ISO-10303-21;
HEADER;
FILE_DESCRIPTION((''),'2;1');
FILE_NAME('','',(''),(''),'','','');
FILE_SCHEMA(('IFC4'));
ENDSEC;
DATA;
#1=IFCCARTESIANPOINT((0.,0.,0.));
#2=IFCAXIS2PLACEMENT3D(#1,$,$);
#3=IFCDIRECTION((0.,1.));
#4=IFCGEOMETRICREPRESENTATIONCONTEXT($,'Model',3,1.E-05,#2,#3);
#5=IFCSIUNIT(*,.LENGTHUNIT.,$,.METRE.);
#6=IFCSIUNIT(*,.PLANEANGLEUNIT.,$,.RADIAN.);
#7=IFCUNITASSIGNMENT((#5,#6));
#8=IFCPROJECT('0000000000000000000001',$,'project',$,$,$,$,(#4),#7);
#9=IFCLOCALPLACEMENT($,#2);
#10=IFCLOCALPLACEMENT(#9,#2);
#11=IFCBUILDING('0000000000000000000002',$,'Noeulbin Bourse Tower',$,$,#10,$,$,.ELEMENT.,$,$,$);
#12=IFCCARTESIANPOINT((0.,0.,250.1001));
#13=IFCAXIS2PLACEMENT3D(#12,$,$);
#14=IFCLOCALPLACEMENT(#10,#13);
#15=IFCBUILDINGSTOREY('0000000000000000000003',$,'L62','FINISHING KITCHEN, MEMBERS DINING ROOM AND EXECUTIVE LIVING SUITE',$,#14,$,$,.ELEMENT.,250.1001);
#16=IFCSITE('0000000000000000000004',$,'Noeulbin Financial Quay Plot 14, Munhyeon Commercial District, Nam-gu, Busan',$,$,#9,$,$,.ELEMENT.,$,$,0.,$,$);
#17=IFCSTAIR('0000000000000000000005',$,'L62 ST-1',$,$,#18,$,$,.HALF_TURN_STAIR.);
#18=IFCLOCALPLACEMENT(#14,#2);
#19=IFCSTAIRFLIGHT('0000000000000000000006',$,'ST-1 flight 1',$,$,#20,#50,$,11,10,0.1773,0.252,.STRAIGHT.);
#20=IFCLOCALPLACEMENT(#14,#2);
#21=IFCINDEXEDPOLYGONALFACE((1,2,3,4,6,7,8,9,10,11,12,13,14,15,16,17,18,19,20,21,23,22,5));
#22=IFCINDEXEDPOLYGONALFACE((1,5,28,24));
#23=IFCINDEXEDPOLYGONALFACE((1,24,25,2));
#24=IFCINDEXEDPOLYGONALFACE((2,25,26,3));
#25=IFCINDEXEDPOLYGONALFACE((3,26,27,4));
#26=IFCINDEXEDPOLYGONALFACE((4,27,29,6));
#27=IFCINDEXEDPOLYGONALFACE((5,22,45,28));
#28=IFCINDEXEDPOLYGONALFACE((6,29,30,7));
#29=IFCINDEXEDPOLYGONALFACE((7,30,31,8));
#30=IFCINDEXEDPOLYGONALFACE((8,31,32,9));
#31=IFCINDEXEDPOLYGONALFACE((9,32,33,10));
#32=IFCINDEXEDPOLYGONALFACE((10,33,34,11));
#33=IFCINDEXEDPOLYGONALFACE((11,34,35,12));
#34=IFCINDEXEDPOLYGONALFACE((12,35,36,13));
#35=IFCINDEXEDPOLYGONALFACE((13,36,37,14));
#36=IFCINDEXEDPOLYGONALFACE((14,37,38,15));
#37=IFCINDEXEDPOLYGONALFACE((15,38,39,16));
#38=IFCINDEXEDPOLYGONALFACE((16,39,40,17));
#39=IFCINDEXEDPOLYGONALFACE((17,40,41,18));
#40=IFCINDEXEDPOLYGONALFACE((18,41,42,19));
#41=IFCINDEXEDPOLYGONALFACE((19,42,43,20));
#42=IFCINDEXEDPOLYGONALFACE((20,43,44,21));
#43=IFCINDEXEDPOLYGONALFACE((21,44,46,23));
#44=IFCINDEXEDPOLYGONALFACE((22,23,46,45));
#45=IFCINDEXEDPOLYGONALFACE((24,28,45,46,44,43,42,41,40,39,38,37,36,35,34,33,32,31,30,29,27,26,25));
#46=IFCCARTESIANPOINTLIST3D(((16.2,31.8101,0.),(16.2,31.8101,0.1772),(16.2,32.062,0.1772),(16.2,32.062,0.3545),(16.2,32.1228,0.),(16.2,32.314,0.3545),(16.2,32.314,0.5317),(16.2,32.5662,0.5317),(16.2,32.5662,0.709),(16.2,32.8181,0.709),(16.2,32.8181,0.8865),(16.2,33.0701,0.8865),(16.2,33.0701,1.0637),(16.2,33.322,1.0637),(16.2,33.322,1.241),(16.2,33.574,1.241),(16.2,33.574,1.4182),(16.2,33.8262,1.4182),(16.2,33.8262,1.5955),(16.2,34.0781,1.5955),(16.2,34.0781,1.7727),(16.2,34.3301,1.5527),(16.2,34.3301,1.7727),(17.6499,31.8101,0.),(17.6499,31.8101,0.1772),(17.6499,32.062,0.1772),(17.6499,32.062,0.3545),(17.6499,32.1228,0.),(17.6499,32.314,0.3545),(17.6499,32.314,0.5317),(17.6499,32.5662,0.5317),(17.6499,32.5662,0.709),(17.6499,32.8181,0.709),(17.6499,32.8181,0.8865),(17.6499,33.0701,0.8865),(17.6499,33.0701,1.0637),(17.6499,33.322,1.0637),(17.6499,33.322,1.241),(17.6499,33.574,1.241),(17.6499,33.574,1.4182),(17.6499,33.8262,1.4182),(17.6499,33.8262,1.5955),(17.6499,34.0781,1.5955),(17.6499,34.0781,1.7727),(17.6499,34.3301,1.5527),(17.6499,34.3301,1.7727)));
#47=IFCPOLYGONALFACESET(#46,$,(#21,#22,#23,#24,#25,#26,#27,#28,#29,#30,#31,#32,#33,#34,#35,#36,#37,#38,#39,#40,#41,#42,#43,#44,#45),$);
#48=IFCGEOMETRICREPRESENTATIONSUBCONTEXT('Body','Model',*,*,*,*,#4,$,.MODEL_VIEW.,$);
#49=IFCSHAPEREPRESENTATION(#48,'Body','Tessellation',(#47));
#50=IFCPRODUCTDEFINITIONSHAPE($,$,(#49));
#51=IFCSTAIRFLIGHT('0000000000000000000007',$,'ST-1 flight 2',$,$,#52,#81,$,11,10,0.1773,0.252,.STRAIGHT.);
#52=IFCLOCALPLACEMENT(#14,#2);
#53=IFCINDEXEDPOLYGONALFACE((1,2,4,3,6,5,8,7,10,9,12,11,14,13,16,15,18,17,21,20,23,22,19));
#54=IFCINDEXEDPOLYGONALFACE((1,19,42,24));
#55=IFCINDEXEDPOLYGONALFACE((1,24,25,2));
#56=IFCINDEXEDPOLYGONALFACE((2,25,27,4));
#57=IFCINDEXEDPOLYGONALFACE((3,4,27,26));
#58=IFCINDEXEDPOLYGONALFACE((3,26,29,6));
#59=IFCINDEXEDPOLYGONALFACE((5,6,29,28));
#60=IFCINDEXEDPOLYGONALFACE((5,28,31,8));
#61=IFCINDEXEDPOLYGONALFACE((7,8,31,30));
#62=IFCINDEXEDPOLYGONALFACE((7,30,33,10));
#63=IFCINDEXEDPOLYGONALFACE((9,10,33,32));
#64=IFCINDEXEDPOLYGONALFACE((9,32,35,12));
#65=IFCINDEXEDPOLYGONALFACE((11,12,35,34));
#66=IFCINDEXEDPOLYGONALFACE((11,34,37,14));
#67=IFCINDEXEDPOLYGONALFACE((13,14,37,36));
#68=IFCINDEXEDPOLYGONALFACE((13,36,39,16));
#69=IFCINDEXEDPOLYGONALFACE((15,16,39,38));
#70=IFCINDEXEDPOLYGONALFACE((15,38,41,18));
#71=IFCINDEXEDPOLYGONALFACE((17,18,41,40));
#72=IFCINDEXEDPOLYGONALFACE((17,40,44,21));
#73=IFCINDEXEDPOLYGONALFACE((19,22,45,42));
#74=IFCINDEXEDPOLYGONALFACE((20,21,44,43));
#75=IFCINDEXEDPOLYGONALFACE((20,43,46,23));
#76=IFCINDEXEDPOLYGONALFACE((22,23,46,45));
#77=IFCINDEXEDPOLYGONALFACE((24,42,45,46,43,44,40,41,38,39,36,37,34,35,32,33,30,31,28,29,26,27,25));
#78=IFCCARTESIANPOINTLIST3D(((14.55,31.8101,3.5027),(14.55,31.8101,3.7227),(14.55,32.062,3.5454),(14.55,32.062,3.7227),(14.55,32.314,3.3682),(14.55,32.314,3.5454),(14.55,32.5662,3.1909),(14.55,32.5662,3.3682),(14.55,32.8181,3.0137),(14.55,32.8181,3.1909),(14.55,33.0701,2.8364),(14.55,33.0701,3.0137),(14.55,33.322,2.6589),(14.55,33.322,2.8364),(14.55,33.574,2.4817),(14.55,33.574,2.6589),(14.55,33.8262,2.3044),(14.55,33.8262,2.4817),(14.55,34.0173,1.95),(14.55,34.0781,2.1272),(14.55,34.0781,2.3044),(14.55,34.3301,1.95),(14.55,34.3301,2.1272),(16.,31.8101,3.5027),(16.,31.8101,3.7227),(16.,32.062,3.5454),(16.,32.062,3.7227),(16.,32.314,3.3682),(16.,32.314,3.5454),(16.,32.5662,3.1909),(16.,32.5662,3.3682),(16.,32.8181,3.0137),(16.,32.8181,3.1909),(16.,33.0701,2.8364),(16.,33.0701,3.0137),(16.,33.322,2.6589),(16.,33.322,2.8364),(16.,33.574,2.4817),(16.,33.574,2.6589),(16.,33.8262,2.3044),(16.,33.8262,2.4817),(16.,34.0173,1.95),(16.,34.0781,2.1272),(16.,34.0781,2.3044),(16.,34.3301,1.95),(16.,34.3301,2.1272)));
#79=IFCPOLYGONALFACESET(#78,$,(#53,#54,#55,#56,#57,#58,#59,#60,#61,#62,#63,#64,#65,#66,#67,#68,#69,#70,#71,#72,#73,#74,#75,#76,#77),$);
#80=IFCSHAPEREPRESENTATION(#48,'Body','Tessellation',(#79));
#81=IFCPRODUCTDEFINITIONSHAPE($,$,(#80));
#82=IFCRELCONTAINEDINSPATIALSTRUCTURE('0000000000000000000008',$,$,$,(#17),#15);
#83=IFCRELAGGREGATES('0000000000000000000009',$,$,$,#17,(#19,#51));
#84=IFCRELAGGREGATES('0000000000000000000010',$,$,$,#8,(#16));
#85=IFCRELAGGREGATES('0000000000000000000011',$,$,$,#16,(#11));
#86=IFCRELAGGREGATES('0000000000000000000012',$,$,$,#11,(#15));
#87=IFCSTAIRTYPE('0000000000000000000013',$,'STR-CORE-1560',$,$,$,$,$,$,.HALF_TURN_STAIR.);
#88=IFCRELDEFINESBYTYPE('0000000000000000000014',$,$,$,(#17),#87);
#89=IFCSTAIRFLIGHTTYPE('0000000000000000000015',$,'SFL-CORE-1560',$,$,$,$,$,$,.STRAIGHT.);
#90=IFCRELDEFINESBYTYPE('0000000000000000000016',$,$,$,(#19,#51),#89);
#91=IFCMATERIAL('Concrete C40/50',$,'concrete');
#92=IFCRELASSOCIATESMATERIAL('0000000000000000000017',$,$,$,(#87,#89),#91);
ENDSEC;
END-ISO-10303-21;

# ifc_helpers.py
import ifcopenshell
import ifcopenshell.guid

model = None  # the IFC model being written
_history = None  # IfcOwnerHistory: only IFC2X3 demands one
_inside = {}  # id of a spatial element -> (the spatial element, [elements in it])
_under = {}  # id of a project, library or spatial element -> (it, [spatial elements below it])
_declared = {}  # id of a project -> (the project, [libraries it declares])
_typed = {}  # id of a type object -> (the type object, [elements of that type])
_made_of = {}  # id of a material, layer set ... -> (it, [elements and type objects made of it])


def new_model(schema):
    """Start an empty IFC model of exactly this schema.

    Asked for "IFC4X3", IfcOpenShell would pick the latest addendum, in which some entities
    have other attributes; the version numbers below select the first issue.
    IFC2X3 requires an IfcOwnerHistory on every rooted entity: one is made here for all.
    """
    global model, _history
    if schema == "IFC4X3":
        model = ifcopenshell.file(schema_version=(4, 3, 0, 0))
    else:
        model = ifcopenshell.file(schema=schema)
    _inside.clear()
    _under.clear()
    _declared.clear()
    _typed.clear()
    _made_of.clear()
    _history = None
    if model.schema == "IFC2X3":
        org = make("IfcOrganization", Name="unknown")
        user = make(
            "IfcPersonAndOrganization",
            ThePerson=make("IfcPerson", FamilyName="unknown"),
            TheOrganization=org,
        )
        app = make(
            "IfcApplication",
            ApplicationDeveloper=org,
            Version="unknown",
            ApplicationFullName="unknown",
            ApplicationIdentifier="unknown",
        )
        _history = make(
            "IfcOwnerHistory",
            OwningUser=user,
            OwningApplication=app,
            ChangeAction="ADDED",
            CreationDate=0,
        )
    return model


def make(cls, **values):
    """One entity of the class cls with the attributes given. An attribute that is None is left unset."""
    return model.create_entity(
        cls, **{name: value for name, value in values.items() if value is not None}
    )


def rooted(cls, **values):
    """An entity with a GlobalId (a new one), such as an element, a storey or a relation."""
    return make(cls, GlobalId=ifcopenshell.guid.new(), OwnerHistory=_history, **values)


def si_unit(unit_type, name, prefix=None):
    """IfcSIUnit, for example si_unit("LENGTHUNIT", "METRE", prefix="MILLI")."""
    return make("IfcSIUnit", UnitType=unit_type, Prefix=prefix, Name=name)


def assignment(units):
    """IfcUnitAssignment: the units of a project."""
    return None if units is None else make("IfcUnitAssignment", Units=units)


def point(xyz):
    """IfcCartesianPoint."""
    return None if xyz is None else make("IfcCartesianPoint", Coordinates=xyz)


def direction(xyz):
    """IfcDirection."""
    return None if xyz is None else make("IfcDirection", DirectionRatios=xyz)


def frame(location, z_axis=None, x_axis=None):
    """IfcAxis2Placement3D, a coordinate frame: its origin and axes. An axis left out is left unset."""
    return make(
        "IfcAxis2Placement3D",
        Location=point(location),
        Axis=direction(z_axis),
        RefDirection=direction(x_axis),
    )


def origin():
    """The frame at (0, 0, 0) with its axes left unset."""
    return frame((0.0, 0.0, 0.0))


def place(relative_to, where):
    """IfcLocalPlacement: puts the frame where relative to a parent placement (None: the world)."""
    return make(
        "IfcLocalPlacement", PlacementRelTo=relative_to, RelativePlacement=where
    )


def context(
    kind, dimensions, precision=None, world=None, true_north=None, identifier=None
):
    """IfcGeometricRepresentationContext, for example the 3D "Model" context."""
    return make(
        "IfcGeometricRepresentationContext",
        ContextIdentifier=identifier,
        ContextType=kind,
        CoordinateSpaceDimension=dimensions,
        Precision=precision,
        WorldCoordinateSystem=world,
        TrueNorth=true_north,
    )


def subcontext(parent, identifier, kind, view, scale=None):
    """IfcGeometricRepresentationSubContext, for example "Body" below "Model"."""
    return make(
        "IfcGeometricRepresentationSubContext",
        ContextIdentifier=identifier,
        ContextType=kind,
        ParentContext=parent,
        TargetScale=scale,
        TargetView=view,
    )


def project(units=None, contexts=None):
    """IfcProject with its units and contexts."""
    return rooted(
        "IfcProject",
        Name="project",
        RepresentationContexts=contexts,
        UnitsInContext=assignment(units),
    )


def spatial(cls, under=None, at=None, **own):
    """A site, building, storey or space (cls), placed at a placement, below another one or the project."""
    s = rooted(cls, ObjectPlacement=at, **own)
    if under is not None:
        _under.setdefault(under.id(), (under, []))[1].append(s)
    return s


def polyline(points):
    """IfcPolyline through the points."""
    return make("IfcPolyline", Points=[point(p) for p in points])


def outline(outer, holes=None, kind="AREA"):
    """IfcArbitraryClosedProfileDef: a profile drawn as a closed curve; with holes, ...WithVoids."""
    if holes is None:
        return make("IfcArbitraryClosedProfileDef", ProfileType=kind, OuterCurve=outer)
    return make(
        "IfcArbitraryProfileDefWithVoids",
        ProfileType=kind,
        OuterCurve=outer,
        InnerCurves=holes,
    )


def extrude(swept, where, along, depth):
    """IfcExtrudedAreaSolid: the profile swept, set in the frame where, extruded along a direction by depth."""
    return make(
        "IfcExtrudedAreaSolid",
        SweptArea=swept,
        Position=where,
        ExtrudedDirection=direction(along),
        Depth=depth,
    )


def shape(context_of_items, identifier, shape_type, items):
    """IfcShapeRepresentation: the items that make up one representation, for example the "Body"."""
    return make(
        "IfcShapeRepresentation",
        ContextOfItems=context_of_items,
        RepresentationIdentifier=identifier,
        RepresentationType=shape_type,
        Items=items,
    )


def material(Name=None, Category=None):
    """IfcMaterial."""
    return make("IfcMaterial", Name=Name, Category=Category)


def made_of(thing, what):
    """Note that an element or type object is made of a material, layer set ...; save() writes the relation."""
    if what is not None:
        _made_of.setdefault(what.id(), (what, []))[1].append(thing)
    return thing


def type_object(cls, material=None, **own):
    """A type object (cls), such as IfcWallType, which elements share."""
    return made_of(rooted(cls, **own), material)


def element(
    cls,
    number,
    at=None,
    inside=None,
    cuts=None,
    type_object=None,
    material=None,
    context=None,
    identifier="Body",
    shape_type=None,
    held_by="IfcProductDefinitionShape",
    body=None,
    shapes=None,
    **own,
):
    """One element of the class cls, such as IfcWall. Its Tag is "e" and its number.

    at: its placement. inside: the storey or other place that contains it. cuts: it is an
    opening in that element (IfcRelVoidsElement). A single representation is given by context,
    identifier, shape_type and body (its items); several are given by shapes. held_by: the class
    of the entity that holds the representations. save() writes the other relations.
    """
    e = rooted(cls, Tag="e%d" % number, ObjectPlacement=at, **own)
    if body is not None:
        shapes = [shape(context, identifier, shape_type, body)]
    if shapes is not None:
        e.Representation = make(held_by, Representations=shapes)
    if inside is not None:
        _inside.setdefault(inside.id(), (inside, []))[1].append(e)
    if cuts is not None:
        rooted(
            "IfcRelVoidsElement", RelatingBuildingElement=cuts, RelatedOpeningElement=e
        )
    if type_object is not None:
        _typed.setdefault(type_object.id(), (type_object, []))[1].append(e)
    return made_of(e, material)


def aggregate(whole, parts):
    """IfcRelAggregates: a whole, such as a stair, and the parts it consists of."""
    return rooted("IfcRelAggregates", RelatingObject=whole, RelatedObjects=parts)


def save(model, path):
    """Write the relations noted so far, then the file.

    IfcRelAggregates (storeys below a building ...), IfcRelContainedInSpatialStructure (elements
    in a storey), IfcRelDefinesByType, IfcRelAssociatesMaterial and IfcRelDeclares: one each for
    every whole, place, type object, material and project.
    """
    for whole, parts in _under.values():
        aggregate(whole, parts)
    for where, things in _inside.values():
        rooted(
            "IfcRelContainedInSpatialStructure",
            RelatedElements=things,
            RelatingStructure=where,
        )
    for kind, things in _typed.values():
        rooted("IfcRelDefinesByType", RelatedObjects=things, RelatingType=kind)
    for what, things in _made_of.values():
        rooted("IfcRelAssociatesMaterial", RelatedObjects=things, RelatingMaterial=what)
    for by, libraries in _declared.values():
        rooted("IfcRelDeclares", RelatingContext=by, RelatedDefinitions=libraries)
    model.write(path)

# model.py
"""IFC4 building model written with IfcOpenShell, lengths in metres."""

from ifc_helpers import new_model, si_unit, direction, frame, origin, place, context, subcontext, project, spatial, polyline, outline, extrude, material, type_object, element, aggregate, save


model = new_model("IFC4")

# Units and contexts
model_context = context("Model", 3, precision=1e-05, world=origin(), true_north=direction((0.0, 1.0)))
body_context = subcontext(model_context, "Body", "Model", "MODEL_VIEW")
ifc_project = project(units=[si_unit("LENGTHUNIT", "METRE"), si_unit("PLANEANGLEUNIT", "RADIAN")], contexts=[model_context])

# Site, building, storey
site_placement = place(None, origin())
site = spatial("IfcSite", under=ifc_project, at=site_placement, Name="Noeulbin Financial Quay Plot 14, Munhyeon Commercial District, Nam-gu, Busan", CompositionType="ELEMENT", RefElevation=0.0)
building_placement = place(site_placement, origin())
building = spatial("IfcBuilding", under=site, at=building_placement, Name="Noeulbin Bourse Tower", CompositionType="ELEMENT")
storey_placement = place(building_placement, frame((0.0, 0.0, 250.1001)))
storey = spatial("IfcBuildingStorey", under=building, at=storey_placement, Name="L62", Description="FINISHING KITCHEN, MEMBERS DINING ROOM AND EXECUTIVE LIVING SUITE", CompositionType="ELEMENT", Elevation=250.1001)

# Shared definitions
ifc_material_1 = material(Name="Concrete C40/50", Category="concrete")

# Stair, stair flights
stair_type = type_object("IfcStairType", Name="STR-CORE-1560", PredefinedType="HALF_TURN_STAIR", material=ifc_material_1)
stair_placement = place(storey_placement, origin())
stair = element("IfcStair", 1, at=stair_placement, inside=storey, type_object=stair_type, Name="L62 ST-1", PredefinedType="HALF_TURN_STAIR")
stair_flight_type = type_object("IfcStairFlightType", Name="SFL-CORE-1560", PredefinedType="STRAIGHT", material=ifc_material_1)
stair_flight_1_placement = place(storey_placement, frame((16.925, 31.8101, 0.0), z_axis=(0.0, 0.0, 1.0), x_axis=(0.0, 1.0, 0.0)))
stair_flight_1 = element("IfcStairFlight", 2, at=stair_flight_1_placement, type_object=stair_flight_type, Name="ST-1 flight 1", NumberOfRisers=11, NumberOfTreads=10, PredefinedType="STRAIGHT", RiserHeight=0.1773, TreadLength=0.252, context=body_context, shape_type="SweptSolid", body=[
    extrude(outline(polyline([(0.0, 0.0), (0.0, 0.1772), (0.252, 0.1772), (0.252, 0.3545), (0.5039, 0.3545), (0.5039, 0.5317), (0.7561, 0.5317), (0.7561, 0.709), (1.0081, 0.709), (1.0081, 0.8865), (1.26, 0.8865), (1.26, 1.0637), (1.512, 1.0637), (1.512, 1.241), (1.7639, 1.241), (1.7639, 1.4182), (2.0161, 1.4182), (2.0161, 1.5955), (2.2681, 1.5955), (2.2681, 1.7727), (2.52, 1.7727), (2.52, 1.95), (2.52, 1.5527), (0.3127, 0.0), (0.0, 0.0)])), frame((0.0, 0.7251, 0.0), z_axis=(0.0, -1.0, 0.0), x_axis=(1.0, 0.0, 0.0)), (0.0, 0.0, 1.0), 1.45),
])
stair_flight_2_placement = place(storey_placement, frame((15.2749, 34.3301, 1.95), z_axis=(0.0, 0.0, 1.0), x_axis=(0.0, -1.0, 0.0)))
stair_flight_2 = element("IfcStairFlight", 3, at=stair_flight_2_placement, type_object=stair_flight_type, Name="ST-1 flight 2", NumberOfRisers=11, NumberOfTreads=10, PredefinedType="STRAIGHT", RiserHeight=0.1773, TreadLength=0.252, context=body_context, shape_type="SweptSolid", body=[
    extrude(outline(polyline([(0.0, 0.0), (0.0, 0.1772), (0.252, 0.1772), (0.252, 0.3545), (0.5039, 0.3545), (0.5039, 0.5317), (0.7561, 0.5317), (0.7561, 0.709), (1.0081, 0.709), (1.0081, 0.8865), (1.26, 0.8865), (1.26, 1.0637), (1.512, 1.0637), (1.512, 1.241), (1.7639, 1.241), (1.7639, 1.4182), (2.0161, 1.4182), (2.0161, 1.5955), (2.2681, 1.5955), (2.2681, 1.7727), (2.52, 1.7727), (2.52, 1.95), (2.52, 1.5527), (0.3127, 0.0), (0.0, 0.0)])), frame((0.0, 0.7251, 0.0), z_axis=(0.0, -1.0, 0.0), x_axis=(1.0, 0.0, 0.0)), (0.0, 0.0, 1.0), 1.45),
])
aggregate(stair, [stair_flight_1, stair_flight_2])

save(model, "model.ifc")
